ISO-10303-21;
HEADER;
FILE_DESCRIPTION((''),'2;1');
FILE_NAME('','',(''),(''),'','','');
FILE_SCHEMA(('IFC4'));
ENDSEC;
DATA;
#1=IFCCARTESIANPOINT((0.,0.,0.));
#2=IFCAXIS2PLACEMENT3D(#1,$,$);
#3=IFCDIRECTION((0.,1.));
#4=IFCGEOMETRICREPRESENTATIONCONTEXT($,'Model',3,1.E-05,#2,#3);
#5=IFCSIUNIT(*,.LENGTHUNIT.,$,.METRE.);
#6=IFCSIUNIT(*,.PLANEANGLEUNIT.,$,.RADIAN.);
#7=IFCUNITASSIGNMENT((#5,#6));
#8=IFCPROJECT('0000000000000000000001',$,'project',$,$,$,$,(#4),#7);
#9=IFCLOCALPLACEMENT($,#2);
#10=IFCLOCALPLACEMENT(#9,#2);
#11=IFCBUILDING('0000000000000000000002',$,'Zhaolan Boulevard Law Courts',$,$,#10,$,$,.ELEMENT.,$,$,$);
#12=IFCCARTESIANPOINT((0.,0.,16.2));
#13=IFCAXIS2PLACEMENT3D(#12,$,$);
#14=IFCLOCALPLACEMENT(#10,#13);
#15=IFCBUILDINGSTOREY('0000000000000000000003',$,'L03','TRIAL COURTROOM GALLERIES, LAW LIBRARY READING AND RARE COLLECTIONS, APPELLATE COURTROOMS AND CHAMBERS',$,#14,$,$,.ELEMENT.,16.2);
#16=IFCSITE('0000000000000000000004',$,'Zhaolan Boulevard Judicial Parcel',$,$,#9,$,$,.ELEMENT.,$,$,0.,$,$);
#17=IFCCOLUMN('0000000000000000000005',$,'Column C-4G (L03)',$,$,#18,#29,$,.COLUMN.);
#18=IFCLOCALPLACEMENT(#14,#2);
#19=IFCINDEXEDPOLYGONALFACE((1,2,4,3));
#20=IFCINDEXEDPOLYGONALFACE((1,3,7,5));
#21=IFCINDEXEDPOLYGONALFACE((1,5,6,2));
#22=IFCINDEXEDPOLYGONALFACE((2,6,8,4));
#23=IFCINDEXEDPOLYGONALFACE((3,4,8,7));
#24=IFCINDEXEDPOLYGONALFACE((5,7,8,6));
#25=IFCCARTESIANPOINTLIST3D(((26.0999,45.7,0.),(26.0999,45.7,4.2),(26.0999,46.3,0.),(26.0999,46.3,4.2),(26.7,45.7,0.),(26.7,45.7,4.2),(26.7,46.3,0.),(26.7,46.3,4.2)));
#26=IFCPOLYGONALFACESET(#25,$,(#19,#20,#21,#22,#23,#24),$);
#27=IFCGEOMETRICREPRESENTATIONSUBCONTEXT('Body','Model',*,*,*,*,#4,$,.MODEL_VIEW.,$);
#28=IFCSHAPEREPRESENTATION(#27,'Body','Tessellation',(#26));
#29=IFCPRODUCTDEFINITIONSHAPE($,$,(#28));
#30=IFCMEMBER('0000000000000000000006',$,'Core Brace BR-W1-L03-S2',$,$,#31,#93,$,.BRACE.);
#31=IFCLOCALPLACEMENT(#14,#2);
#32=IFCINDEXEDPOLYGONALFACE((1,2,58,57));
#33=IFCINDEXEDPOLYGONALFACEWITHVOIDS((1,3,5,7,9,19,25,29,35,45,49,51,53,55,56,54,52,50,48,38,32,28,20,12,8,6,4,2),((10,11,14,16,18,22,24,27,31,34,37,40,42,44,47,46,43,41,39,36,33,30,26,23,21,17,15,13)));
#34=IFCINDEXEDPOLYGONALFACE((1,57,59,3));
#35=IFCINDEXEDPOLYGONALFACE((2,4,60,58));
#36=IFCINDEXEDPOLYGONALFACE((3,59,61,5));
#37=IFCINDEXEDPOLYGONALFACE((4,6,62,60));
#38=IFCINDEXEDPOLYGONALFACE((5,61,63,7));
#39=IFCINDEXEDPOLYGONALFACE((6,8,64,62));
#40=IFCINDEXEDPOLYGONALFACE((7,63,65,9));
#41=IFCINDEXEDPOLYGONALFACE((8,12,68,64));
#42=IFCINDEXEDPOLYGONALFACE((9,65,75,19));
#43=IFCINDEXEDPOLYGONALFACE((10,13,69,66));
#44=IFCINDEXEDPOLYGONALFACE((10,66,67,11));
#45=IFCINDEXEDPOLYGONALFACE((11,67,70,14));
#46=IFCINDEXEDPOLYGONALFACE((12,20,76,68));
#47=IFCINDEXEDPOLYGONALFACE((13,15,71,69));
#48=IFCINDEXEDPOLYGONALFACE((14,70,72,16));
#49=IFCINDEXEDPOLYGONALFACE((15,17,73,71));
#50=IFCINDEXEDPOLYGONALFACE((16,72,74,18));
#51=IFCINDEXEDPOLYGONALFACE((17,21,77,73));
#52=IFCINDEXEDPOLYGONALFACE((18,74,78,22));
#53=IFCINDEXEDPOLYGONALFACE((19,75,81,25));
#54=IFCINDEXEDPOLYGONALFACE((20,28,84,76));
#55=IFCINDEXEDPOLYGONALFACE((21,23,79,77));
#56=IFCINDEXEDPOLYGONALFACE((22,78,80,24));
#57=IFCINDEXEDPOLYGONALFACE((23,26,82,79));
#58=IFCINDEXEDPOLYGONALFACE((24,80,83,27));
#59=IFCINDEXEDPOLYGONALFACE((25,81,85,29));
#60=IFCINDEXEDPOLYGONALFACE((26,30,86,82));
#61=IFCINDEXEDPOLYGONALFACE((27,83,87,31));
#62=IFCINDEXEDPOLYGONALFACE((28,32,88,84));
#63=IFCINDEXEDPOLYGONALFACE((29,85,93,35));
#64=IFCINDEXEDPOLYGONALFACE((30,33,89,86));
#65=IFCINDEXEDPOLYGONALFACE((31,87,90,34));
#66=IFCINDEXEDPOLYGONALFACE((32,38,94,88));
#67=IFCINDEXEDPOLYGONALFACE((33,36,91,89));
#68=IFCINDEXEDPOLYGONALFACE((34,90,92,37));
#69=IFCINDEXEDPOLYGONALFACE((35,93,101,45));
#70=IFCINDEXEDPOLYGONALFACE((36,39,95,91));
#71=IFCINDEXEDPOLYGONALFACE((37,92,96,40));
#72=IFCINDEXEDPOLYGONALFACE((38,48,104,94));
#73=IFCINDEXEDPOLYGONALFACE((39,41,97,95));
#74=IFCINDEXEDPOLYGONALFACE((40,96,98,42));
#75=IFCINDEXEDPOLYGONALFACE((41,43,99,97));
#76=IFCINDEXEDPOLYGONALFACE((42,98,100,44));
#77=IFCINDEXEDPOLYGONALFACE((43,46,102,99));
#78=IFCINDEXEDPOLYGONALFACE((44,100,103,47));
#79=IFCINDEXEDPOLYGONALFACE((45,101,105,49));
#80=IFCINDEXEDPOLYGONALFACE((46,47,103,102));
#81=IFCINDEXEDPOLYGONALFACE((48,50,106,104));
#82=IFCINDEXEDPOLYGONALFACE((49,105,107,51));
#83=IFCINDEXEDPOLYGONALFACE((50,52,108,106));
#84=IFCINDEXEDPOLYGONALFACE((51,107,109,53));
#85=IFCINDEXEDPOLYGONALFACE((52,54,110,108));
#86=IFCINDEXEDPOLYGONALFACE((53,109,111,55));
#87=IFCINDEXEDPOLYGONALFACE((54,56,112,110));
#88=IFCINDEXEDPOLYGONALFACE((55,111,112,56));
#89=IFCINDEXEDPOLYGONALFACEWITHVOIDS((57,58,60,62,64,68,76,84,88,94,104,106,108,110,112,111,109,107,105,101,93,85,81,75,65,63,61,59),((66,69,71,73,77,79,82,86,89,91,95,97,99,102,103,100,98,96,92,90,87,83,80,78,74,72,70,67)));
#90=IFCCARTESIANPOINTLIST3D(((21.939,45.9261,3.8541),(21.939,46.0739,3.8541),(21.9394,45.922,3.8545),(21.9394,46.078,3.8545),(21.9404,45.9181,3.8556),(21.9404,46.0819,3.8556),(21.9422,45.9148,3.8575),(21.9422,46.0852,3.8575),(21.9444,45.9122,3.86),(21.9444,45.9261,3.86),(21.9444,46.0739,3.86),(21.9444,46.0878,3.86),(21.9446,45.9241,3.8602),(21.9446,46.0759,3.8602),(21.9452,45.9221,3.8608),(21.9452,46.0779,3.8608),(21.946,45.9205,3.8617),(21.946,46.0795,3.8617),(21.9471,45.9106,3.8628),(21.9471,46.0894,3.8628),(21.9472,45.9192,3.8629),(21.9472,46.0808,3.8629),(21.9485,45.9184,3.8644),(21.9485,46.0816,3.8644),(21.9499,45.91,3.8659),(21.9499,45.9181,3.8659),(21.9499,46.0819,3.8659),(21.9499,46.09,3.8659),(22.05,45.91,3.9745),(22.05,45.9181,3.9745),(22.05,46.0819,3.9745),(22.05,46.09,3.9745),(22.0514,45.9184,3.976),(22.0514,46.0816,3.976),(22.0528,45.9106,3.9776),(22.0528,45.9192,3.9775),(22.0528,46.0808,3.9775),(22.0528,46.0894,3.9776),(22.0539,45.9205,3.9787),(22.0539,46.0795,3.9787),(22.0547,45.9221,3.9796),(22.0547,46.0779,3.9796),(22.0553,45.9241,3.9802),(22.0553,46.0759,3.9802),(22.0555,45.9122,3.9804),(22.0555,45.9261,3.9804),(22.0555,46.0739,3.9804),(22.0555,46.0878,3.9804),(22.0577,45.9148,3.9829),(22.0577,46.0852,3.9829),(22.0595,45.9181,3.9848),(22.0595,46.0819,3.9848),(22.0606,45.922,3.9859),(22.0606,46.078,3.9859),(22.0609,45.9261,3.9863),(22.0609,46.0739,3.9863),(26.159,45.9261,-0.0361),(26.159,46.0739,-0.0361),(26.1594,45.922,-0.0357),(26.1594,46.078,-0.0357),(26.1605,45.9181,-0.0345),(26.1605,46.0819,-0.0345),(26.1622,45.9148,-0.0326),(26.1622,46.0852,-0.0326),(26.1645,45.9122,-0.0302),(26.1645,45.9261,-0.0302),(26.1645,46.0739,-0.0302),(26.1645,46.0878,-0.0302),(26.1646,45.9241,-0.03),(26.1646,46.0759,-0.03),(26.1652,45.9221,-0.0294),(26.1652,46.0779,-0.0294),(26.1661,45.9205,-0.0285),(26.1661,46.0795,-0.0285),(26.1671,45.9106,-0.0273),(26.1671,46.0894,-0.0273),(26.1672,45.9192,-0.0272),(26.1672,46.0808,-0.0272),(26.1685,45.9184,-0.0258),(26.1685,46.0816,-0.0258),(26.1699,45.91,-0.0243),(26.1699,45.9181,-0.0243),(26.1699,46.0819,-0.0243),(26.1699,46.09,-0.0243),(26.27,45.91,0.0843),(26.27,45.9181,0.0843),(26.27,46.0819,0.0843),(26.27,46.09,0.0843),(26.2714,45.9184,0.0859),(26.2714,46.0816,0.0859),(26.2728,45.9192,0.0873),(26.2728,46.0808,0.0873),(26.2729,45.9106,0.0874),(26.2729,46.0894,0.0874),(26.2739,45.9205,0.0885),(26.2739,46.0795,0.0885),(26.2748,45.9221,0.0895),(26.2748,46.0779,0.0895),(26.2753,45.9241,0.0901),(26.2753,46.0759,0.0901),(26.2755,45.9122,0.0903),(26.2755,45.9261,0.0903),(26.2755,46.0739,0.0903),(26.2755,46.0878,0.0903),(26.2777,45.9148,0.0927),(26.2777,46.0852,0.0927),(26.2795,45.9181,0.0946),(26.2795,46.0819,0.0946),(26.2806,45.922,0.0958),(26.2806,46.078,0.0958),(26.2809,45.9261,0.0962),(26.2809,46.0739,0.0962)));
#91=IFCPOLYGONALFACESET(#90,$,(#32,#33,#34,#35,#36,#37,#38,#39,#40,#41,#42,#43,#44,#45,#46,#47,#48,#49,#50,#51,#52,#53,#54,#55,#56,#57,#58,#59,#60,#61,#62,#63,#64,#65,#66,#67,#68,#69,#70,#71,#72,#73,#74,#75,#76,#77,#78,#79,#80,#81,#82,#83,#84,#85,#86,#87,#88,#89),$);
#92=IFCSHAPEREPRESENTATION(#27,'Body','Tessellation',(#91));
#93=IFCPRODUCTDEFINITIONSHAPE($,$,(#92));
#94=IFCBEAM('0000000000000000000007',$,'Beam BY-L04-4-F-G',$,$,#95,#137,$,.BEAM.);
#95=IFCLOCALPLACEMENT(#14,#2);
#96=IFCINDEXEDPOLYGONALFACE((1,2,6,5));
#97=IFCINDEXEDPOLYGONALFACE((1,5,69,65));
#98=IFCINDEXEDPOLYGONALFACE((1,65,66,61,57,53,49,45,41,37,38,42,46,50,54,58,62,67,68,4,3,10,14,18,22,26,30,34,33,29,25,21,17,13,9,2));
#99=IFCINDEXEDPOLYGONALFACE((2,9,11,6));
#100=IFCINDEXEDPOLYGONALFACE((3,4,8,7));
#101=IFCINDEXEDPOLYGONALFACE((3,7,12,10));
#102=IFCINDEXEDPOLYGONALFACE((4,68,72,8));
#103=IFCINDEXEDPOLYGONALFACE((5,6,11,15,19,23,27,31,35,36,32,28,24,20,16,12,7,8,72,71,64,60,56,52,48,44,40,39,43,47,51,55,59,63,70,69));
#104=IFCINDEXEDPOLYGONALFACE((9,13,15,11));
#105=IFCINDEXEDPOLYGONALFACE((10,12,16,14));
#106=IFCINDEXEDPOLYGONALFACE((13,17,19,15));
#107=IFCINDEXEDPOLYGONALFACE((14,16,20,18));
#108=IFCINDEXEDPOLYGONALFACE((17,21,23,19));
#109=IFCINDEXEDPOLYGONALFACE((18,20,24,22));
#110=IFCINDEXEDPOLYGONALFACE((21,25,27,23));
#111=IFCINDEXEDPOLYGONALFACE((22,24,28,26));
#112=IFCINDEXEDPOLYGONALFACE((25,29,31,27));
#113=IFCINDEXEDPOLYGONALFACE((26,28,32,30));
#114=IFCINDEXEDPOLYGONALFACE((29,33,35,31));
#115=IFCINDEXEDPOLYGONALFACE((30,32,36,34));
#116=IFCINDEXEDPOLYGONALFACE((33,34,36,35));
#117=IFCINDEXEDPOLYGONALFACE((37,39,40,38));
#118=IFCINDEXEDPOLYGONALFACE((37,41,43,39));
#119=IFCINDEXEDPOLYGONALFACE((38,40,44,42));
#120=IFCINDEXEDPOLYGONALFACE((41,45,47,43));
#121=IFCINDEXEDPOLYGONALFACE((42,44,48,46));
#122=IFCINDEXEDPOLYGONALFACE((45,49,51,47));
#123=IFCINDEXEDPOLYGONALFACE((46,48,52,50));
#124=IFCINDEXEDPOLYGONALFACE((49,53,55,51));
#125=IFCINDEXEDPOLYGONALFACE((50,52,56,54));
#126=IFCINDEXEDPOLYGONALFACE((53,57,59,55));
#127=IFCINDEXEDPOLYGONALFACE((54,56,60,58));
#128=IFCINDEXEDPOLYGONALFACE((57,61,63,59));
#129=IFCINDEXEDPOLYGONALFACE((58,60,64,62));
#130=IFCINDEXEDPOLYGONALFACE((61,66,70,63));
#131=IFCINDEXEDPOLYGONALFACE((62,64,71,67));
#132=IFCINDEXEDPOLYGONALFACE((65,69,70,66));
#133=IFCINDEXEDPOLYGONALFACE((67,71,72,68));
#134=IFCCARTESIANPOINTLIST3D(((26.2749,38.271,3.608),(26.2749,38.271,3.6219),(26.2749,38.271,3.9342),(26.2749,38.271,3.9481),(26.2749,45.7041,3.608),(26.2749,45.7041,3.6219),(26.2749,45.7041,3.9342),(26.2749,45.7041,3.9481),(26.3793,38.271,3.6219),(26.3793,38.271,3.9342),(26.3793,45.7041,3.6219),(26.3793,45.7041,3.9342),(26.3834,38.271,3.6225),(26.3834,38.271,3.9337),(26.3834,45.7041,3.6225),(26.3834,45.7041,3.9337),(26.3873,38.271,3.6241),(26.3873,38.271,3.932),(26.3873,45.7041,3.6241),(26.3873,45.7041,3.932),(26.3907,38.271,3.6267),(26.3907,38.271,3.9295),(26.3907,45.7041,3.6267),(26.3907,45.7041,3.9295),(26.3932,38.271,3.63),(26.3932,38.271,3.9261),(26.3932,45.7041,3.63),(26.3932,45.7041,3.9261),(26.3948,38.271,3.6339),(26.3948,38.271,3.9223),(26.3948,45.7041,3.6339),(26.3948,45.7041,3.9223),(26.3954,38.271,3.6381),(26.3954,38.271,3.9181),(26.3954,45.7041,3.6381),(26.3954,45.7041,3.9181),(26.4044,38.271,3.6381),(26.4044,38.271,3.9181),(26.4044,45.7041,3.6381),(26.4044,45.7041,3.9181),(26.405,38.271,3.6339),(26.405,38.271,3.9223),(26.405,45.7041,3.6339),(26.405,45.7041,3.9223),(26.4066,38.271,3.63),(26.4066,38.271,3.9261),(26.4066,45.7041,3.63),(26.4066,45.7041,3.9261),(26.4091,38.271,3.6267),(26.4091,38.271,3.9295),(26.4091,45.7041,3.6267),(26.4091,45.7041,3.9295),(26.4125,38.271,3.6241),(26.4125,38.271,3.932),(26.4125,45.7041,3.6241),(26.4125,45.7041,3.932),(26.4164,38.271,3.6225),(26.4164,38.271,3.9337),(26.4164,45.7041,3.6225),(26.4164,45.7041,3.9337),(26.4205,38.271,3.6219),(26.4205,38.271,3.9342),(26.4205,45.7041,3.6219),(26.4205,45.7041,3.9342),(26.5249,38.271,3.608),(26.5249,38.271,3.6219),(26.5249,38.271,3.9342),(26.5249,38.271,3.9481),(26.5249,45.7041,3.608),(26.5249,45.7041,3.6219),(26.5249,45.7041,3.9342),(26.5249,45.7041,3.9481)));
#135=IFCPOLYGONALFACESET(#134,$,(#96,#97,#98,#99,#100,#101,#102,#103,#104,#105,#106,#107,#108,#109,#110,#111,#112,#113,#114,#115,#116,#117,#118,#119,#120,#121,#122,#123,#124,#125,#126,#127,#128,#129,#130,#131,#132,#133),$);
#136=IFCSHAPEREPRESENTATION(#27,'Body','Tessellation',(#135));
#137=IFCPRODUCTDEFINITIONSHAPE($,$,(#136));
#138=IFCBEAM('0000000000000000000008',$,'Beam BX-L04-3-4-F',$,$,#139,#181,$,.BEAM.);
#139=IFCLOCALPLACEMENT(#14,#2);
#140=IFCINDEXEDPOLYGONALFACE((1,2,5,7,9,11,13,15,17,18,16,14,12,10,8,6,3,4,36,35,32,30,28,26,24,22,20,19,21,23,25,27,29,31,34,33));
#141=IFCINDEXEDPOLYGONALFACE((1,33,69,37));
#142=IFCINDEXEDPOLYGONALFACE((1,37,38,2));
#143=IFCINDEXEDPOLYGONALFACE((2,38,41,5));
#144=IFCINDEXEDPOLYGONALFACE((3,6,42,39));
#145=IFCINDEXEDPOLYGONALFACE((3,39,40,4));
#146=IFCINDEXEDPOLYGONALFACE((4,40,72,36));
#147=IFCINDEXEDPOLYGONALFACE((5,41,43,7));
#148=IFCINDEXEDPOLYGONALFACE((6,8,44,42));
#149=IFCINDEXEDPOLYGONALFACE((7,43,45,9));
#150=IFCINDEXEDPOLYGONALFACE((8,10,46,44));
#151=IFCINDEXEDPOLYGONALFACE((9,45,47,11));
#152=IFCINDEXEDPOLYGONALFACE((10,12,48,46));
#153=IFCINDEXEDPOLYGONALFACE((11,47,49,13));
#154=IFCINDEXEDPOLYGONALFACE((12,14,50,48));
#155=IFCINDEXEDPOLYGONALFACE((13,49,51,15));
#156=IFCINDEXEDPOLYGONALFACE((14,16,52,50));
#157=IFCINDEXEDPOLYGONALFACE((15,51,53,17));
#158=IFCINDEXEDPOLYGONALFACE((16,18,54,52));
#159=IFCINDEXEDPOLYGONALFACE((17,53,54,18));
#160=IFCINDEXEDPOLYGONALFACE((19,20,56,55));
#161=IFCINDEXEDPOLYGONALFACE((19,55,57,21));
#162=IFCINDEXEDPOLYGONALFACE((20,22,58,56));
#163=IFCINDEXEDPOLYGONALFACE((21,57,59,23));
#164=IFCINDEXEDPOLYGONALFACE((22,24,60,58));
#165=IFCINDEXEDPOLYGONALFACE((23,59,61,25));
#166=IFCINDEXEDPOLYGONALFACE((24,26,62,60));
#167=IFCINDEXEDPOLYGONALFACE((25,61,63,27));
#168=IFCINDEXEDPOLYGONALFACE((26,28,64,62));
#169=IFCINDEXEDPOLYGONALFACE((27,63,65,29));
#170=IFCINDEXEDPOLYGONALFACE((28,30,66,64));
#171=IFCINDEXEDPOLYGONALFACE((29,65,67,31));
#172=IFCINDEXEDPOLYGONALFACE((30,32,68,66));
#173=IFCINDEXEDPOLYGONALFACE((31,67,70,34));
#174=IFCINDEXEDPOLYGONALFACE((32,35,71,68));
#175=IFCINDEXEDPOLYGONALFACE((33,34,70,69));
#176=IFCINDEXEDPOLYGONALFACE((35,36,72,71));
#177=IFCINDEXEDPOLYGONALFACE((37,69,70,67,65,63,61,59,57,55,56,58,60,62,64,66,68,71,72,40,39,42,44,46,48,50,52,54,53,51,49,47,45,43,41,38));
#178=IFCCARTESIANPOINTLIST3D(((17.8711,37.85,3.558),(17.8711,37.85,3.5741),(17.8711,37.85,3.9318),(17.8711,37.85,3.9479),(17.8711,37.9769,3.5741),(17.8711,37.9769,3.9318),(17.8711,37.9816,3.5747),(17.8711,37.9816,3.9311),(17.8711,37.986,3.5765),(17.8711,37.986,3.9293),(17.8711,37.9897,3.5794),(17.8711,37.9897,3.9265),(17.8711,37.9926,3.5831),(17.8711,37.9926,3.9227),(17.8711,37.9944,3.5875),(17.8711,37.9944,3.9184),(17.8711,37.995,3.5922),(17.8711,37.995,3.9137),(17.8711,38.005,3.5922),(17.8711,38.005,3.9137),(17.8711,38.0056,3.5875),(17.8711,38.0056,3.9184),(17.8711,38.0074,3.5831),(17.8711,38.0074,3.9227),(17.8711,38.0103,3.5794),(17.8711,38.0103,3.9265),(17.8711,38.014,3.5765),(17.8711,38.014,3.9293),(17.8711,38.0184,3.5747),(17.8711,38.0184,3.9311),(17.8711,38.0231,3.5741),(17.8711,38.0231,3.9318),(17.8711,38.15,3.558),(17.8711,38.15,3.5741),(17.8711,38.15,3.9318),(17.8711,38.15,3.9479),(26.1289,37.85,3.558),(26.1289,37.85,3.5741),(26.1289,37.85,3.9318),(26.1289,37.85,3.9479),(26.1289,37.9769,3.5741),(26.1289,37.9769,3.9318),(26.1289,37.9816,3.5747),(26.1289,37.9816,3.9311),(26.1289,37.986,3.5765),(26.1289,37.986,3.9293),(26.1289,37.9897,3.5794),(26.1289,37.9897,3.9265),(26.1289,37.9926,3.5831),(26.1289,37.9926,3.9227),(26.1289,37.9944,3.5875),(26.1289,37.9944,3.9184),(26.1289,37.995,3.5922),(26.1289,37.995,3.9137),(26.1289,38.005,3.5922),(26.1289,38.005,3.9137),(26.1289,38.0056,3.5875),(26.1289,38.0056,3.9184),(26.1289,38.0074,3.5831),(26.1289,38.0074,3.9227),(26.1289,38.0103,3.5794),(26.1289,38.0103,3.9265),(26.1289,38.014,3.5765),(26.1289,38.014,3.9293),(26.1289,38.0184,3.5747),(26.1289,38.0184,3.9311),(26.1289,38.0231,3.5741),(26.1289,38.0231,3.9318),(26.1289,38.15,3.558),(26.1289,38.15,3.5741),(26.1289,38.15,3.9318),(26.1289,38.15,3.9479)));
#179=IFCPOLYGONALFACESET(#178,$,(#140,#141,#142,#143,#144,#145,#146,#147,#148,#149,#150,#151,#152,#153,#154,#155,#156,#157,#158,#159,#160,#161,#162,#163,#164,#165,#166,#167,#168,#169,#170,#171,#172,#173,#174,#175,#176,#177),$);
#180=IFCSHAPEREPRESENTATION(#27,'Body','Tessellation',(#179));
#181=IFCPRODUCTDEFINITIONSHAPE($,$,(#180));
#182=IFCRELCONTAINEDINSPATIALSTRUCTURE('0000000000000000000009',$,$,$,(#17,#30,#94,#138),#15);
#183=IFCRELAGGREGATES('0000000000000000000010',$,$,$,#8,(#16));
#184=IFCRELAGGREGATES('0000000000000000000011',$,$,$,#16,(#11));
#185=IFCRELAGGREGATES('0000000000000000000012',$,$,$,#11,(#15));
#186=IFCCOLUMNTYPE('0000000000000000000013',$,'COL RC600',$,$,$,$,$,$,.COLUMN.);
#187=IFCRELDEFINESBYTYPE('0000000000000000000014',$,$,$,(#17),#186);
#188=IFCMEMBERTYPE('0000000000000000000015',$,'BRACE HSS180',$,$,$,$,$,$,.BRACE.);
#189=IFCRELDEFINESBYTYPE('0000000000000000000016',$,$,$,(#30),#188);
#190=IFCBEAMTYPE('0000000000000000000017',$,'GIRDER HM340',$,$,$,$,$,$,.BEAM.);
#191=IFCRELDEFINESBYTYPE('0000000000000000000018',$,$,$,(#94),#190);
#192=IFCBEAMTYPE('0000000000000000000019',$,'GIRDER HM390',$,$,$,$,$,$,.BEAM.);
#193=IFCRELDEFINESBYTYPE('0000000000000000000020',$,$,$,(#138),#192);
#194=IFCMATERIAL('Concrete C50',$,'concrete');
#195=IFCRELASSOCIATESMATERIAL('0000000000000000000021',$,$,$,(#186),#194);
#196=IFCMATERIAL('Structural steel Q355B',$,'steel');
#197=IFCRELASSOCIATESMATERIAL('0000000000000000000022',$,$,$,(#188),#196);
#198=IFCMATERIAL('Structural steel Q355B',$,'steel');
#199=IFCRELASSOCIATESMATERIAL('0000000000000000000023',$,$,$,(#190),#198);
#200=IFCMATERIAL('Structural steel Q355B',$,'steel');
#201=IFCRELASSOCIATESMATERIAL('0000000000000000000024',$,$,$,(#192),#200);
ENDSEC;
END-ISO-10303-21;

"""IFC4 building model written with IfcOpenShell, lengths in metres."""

from ifc_helpers import new_model, si_unit, direction, frame, origin, origin_2d, place, context, subcontext, project, spatial, rectangle, hollow_rectangle, i_section, extrude, material, material_profile, profile_set, type_object, element, save


model = new_model("IFC4")

# Units and contexts
model_context = context("Model", 3, precision=1e-05, world=origin(), true_north=direction((0.0, 1.0)))
body_context = subcontext(model_context, "Body", "Model", "MODEL_VIEW")
ifc_project = project(units=[si_unit("LENGTHUNIT", "METRE"), si_unit("PLANEANGLEUNIT", "RADIAN")], contexts=[model_context])

# Site, building, storey
site_placement = place(None, origin())
site = spatial("IfcSite", under=ifc_project, at=site_placement, Name="Zhaolan Boulevard Judicial Parcel", CompositionType="ELEMENT", RefElevation=0.0)
building_placement = place(site_placement, origin())
building = spatial("IfcBuilding", under=site, at=building_placement, Name="Zhaolan Boulevard Law Courts", CompositionType="ELEMENT")
storey_placement = place(building_placement, frame((0.0, 0.0, 16.2)))
storey = spatial("IfcBuildingStorey", under=building, at=storey_placement, Name="L03", Description="TRIAL COURTROOM GALLERIES, LAW LIBRARY READING AND RARE COLLECTIONS, APPELLATE COURTROOMS AND CHAMBERS", CompositionType="ELEMENT", Elevation=16.2)

# Column
ifc_material_1 = material(Name="Concrete C50", Category="concrete")
ifc_material_profile_1 = material_profile(ifc_material_1, rectangle(XDim=0.6001, YDim=0.6001, at=origin_2d()), Name="RC600x600")
ifc_profile_set_1 = profile_set([ifc_material_profile_1], Name="Concrete C50")
column_type_1 = type_object("IfcColumnType", Name="COL RC600", PredefinedType="COLUMN", material=ifc_profile_set_1)
column_placement = place(storey_placement, frame((26.3999, 46.0, 0.0), z_axis=(0.0, 0.0, 1.0), x_axis=(1.0, 0.0, 0.0)))
element("IfcColumn", 1, at=column_placement, inside=storey, type_object=column_type_1, Name="Column C-4G (L03)", PredefinedType="COLUMN", context=body_context, shape_type="SweptSolid", body=[
    extrude(rectangle(XDim=0.6001, YDim=0.6001, at=origin_2d()), origin(), (0.0, 0.0, 1.0), 4.2),
])

# Member
ifc_material_2 = material(Name="Structural steel Q355B", Category="steel")
ifc_material_profile_2 = material_profile(ifc_material_2, hollow_rectangle(XDim=0.1799, YDim=0.1799, WallThickness=0.0081, InnerFilletRadius=0.0081, OuterFilletRadius=0.0161, at=origin_2d()), Name="HSS180x180x8")
ifc_profile_set_2 = profile_set([ifc_material_profile_2], Name="Structural steel Q355B")
member_type = type_object("IfcMemberType", Name="BRACE HSS180", PredefinedType="BRACE", material=ifc_profile_set_2)
member_placement = place(storey_placement, frame((26.22, 46.0, 0.03), z_axis=(-0.735257, 0.0, 0.677789), x_axis=(0.0, -1.0, 0.0)))
element("IfcMember", 2, at=member_placement, inside=storey, type_object=member_type, Name="Core Brace BR-W1-L03-S2", PredefinedType="BRACE", context=body_context, shape_type="SweptSolid", body=[
    extrude(hollow_rectangle(XDim=0.1799, YDim=0.1799, WallThickness=0.0081, InnerFilletRadius=0.0081, OuterFilletRadius=0.0161, at=origin_2d()), origin(), (0.0, 0.0, 1.0), 5.7395),
])

# Beams
ifc_material_3 = material(Name="Structural steel Q355B", Category="steel")
ifc_material_profile_3 = material_profile(ifc_material_3, i_section(OverallWidth=0.25, OverallDepth=0.3401, WebThickness=0.009, FlangeThickness=0.0139, FilletRadius=0.0161, at=origin_2d()), Name="HM340x250")
ifc_profile_set_3 = profile_set([ifc_material_profile_3], Name="Structural steel Q355B")
beam_type_1 = type_object("IfcBeamType", Name="GIRDER HM340", PredefinedType="BEAM", material=ifc_profile_set_3)
beam_1_placement = place(storey_placement, frame((26.3999, 38.271, 3.7781), z_axis=(0.0, 1.0, 0.0), x_axis=(-1.0, 0.0, 0.0)))
element("IfcBeam", 3, at=beam_1_placement, inside=storey, type_object=beam_type_1, Name="Beam BY-L04-4-F-G", PredefinedType="BEAM", context=body_context, shape_type="SweptSolid", body=[
    extrude(i_section(OverallWidth=0.25, OverallDepth=0.3401, WebThickness=0.009, FlangeThickness=0.0139, FilletRadius=0.0161, at=origin_2d()), origin(), (0.0, 0.0, 1.0), 7.4331),
])
ifc_material_4 = material(Name="Structural steel Q355B", Category="steel")
ifc_material_profile_4 = material_profile(ifc_material_4, i_section(OverallWidth=0.3, OverallDepth=0.3899, WebThickness=0.01, FlangeThickness=0.0161, FilletRadius=0.0181, at=origin_2d()), Name="HM390x300")
ifc_profile_set_4 = profile_set([ifc_material_profile_4], Name="Structural steel Q355B")
beam_type_2 = type_object("IfcBeamType", Name="GIRDER HM390", PredefinedType="BEAM", material=ifc_profile_set_4)
beam_2_placement = place(storey_placement, frame((17.8711, 38.0, 3.7529), z_axis=(1.0, 0.0, 0.0), x_axis=(0.0, 1.0, 0.0)))
element("IfcBeam", 4, at=beam_2_placement, inside=storey, type_object=beam_type_2, Name="Beam BX-L04-3-4-F", PredefinedType="BEAM", context=body_context, shape_type="SweptSolid", body=[
    extrude(i_section(OverallWidth=0.3, OverallDepth=0.3899, WebThickness=0.01, FlangeThickness=0.0161, FilletRadius=0.0181, at=origin_2d()), origin(), (0.0, 0.0, 1.0), 8.2578),
])

save(model, "model.ifc")
